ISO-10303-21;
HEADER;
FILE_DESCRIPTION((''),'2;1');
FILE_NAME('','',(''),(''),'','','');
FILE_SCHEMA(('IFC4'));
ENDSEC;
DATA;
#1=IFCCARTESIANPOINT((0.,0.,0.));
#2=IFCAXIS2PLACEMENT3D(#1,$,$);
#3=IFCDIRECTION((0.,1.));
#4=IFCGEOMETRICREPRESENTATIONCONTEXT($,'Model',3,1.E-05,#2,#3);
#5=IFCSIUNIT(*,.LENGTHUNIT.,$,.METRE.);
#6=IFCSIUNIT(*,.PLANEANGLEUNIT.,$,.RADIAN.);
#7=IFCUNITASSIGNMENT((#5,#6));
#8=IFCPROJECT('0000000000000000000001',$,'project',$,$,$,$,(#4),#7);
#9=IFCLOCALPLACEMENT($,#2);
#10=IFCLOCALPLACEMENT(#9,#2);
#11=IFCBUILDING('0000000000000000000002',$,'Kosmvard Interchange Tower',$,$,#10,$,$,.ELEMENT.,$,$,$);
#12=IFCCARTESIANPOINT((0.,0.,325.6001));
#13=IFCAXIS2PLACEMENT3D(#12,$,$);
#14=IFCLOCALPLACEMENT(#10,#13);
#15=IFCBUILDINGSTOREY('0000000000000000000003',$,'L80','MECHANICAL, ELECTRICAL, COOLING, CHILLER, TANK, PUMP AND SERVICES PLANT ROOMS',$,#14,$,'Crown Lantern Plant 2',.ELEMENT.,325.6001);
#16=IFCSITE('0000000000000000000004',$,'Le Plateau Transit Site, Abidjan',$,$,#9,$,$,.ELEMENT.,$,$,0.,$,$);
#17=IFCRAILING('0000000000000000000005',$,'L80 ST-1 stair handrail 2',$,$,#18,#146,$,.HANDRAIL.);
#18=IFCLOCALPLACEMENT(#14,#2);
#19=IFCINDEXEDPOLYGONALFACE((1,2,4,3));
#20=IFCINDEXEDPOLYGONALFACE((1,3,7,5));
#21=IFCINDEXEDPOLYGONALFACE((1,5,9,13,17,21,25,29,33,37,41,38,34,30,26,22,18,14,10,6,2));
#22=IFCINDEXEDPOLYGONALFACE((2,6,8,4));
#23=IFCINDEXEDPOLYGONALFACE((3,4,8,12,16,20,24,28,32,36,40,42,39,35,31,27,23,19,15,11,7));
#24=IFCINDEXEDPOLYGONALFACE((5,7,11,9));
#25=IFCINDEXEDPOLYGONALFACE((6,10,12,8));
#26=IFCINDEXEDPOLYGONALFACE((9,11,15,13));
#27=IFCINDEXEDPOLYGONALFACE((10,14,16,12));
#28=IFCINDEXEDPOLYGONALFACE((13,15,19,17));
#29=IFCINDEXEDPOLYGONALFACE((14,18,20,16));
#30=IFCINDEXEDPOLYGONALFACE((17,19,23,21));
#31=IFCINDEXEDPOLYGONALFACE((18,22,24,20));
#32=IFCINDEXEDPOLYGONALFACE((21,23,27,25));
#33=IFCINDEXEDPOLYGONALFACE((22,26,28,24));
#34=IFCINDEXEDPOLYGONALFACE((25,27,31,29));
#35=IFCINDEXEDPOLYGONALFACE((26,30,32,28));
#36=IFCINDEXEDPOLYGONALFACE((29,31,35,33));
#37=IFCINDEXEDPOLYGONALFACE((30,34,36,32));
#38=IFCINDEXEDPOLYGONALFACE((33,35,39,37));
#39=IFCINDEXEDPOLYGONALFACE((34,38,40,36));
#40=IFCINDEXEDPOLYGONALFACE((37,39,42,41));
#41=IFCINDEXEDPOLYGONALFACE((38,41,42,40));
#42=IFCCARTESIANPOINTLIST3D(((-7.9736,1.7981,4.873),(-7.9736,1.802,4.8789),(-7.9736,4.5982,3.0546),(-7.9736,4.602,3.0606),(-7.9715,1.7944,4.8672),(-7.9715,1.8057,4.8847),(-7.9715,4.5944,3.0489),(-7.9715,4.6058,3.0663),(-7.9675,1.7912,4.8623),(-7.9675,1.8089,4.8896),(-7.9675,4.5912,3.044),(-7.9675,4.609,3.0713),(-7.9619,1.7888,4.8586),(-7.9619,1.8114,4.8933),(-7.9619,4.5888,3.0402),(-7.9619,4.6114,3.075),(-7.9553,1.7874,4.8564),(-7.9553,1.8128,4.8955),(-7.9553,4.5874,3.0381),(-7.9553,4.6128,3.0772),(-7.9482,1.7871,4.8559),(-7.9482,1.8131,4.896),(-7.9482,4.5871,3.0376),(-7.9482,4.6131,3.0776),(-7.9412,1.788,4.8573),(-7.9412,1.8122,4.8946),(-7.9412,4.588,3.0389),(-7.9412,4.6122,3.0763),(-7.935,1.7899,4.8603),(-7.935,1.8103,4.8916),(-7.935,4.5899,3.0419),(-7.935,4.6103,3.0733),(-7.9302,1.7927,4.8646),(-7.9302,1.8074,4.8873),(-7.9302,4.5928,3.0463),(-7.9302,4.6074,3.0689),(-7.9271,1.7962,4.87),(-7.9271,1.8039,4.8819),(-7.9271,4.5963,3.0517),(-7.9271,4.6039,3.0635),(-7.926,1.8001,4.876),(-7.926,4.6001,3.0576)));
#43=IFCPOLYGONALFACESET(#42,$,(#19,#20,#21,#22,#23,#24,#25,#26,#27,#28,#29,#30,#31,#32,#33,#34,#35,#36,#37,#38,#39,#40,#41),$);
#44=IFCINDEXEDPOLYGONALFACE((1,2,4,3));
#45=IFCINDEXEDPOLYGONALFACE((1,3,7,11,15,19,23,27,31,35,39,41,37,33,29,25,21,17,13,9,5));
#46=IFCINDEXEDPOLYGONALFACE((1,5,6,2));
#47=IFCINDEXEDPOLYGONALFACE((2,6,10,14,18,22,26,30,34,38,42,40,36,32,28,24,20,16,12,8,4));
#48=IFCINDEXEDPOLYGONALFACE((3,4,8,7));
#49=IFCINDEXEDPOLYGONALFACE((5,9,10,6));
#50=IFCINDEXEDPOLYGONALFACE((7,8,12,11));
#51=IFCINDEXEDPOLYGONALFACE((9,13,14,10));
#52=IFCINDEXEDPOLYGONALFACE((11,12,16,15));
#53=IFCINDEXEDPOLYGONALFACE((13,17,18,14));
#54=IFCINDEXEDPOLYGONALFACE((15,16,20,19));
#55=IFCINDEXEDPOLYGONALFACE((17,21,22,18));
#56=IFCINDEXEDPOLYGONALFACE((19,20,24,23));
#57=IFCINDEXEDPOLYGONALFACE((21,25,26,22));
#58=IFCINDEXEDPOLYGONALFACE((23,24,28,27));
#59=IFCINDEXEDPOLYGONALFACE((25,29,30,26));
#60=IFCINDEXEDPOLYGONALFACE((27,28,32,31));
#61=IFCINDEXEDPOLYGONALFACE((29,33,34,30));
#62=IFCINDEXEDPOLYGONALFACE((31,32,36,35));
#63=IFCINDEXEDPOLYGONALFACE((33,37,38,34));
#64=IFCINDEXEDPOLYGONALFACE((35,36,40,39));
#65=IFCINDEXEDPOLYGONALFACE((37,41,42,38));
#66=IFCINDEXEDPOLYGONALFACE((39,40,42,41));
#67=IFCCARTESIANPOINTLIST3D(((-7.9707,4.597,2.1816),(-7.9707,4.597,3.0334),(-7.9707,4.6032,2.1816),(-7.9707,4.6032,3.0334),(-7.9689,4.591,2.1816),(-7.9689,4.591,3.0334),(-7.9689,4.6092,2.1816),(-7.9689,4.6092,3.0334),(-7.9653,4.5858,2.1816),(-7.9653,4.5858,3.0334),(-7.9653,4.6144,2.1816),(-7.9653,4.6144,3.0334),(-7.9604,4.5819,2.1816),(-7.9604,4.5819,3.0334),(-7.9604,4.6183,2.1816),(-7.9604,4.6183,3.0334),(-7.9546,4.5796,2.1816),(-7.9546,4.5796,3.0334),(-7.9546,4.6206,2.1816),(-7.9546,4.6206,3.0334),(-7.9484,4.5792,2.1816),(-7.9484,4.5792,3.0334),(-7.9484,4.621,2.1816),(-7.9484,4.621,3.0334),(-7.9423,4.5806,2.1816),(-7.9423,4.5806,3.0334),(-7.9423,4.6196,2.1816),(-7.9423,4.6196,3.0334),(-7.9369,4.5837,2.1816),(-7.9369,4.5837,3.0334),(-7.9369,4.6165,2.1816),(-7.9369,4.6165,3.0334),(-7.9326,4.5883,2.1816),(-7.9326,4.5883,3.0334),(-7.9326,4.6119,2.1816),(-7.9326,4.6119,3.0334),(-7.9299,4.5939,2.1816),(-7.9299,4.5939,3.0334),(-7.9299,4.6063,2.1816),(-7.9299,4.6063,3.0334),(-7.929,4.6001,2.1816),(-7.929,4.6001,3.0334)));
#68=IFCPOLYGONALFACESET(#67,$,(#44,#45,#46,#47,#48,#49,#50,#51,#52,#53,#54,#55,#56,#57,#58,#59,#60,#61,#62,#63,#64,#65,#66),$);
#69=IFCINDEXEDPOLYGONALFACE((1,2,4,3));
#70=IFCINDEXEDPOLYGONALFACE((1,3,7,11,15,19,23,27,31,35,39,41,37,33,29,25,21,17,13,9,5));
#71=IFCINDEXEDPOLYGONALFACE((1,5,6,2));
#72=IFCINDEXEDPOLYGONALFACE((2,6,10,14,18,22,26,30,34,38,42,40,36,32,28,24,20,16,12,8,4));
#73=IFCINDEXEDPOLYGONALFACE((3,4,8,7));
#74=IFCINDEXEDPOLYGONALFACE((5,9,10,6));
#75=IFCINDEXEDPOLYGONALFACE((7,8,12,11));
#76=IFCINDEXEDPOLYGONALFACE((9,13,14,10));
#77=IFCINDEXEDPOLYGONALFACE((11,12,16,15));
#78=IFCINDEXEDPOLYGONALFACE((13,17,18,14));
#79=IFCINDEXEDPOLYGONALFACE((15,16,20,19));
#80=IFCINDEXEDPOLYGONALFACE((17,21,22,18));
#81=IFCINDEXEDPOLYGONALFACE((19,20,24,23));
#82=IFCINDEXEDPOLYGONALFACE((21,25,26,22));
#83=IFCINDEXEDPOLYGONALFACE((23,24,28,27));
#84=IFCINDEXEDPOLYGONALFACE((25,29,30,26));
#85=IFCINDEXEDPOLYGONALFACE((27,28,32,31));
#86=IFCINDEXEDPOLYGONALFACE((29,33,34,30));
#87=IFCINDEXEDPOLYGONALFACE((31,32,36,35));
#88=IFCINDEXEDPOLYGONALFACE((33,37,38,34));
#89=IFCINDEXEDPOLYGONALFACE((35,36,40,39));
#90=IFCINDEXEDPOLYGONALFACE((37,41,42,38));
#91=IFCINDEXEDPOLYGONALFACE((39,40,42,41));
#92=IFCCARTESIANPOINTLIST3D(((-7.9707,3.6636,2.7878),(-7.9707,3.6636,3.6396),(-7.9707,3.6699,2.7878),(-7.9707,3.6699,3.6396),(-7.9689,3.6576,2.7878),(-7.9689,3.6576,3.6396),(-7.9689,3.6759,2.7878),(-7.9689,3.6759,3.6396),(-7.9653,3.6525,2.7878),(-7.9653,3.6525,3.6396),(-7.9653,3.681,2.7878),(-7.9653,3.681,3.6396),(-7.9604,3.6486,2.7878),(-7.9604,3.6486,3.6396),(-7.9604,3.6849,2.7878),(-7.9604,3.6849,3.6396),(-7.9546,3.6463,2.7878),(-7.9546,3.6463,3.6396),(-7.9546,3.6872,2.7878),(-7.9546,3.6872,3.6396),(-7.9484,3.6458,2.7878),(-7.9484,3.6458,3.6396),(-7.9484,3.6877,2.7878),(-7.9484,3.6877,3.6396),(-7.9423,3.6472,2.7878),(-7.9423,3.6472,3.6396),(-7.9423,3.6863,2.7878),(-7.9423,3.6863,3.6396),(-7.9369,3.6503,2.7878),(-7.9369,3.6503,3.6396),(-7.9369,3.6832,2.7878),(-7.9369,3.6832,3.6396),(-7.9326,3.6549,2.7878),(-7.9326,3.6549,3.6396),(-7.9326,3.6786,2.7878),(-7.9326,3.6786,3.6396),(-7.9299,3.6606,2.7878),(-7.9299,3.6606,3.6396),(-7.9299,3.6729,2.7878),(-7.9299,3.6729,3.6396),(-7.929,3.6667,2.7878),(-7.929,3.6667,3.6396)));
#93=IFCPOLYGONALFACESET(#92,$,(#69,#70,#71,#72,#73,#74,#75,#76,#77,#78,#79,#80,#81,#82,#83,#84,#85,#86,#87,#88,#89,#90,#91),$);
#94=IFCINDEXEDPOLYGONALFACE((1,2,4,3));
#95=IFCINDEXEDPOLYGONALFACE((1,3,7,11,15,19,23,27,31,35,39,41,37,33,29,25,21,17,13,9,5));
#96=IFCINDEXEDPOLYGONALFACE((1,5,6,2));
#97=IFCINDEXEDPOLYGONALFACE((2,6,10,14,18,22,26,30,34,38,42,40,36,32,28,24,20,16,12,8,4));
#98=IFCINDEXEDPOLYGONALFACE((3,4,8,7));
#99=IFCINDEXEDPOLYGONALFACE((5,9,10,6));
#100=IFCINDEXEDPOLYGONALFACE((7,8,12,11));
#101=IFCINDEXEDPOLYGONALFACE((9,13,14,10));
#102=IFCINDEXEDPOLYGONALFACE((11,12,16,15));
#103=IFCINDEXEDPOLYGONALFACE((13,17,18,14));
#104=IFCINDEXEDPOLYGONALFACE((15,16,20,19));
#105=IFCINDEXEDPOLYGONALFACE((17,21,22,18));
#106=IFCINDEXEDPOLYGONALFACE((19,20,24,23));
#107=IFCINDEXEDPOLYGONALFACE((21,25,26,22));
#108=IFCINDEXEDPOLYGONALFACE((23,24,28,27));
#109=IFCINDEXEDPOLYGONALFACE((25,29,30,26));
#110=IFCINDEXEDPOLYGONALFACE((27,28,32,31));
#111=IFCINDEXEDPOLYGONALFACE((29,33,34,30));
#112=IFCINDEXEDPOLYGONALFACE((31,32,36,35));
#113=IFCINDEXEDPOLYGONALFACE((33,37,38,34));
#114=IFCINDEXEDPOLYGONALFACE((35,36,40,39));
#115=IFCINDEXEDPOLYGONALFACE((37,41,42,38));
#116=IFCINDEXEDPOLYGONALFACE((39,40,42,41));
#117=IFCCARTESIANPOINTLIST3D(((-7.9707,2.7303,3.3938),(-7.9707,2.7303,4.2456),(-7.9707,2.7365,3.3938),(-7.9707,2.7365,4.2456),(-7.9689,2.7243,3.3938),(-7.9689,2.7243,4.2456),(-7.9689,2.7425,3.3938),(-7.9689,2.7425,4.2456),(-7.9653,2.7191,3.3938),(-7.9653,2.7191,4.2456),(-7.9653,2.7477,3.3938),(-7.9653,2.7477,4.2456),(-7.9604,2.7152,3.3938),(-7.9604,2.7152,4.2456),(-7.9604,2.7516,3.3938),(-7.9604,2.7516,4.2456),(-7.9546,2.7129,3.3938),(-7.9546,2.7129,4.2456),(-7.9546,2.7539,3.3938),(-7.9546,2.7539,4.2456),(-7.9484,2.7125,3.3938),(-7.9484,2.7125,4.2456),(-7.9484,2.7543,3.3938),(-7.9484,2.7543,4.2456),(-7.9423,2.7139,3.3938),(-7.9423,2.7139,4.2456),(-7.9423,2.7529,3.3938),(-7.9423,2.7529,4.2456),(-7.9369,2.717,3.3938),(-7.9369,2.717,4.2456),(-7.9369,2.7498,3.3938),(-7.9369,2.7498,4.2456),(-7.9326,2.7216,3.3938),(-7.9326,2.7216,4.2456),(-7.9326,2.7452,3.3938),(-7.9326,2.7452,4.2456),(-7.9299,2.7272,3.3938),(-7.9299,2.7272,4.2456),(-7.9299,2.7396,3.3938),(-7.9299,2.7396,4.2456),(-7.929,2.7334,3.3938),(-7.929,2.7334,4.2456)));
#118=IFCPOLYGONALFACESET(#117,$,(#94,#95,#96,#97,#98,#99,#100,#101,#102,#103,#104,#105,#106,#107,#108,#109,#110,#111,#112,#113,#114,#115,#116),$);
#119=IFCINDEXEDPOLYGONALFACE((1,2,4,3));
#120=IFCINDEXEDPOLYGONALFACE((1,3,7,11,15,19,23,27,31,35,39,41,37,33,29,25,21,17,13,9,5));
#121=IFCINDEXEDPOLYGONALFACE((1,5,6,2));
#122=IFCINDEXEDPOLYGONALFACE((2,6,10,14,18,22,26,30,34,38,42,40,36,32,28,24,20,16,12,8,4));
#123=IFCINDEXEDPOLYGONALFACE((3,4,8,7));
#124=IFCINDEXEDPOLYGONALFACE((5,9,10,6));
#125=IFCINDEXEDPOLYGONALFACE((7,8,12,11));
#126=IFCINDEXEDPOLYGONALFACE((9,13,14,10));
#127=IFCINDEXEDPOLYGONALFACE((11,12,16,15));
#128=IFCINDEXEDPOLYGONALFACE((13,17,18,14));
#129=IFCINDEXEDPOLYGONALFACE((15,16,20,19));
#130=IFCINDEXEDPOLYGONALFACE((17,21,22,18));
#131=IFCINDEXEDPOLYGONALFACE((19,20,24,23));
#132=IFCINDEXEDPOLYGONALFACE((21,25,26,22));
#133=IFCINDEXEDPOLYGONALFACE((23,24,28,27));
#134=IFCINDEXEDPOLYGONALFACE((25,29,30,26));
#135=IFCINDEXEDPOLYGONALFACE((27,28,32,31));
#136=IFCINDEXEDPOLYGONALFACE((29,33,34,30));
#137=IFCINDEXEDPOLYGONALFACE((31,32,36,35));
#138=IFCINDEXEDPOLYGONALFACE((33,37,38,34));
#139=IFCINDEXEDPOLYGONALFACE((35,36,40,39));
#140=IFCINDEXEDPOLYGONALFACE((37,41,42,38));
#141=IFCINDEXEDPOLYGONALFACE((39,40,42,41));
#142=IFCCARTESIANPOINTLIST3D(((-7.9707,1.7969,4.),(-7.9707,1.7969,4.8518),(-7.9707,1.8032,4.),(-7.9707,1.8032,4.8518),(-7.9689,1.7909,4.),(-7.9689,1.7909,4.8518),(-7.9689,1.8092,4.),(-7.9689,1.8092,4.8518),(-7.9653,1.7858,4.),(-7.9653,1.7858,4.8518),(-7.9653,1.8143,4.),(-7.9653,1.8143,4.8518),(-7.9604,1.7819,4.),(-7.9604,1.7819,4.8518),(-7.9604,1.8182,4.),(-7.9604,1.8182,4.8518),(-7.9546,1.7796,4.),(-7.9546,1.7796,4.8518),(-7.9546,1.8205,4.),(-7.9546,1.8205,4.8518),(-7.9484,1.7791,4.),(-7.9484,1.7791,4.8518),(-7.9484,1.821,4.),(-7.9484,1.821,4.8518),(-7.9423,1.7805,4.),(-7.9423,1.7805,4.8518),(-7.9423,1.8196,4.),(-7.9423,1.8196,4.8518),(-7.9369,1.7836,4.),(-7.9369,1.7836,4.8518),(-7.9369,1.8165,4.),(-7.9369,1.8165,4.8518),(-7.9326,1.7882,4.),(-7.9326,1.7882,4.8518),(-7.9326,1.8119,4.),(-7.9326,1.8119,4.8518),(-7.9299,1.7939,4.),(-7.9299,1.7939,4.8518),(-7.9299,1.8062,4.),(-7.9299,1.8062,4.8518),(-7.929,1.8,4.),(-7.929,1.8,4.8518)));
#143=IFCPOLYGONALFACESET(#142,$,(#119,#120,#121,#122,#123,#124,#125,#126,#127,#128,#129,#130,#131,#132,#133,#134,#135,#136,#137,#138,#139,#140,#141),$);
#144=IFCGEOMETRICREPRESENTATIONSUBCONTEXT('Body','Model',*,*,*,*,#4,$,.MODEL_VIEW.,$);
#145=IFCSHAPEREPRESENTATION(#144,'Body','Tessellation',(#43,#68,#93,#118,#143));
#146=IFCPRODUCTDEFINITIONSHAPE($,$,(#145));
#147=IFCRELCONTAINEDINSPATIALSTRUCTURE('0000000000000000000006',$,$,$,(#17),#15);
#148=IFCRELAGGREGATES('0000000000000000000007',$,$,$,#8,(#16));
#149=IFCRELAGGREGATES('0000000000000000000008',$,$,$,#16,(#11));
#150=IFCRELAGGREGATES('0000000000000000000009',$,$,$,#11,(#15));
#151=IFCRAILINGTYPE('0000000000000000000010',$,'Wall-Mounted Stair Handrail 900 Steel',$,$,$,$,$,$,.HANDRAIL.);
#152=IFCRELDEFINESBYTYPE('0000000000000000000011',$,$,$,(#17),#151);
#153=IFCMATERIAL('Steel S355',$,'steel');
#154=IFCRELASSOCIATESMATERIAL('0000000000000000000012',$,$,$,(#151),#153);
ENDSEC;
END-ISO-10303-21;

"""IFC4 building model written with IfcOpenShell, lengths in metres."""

from ifc_helpers import new_model, si_unit, direction, frame, origin, origin_2d, place, context, subcontext, project, spatial, circle, extrude, source, transform, mapped, material, type_object, element, save


model = new_model("IFC4")

# Units and contexts
model_context = context("Model", 3, precision=1e-05, world=origin(), true_north=direction((0.0, 1.0)))
body_context = subcontext(model_context, "Body", "Model", "MODEL_VIEW")
ifc_project = project(units=[si_unit("LENGTHUNIT", "METRE"), si_unit("PLANEANGLEUNIT", "RADIAN")], contexts=[model_context])

# Site, building, storey
site_placement = place(None, origin())
site = spatial("IfcSite", under=ifc_project, at=site_placement, Name="Le Plateau Transit Site, Abidjan", CompositionType="ELEMENT", RefElevation=0.0)
building_placement = place(site_placement, origin())
building = spatial("IfcBuilding", under=site, at=building_placement, Name="Kosmvard Interchange Tower", CompositionType="ELEMENT")
storey_placement = place(building_placement, frame((0.0, 0.0, 325.6001)))
storey = spatial("IfcBuildingStorey", under=building, at=storey_placement, Name="L80", Description="MECHANICAL, ELECTRICAL, COOLING, CHILLER, TANK, PUMP AND SERVICES PLANT ROOMS", LongName="Crown Lantern Plant 2", CompositionType="ELEMENT", Elevation=325.6001)

# Shared definitions
ifc_material_1 = material(Name="Steel S355", Category="steel")

# Railing
railing_type_1 = type_object("IfcRailingType", Name="Wall-Mounted Stair Handrail 900 Steel", PredefinedType="HANDRAIL", material=ifc_material_1)
shared_shape_1 = source(origin(), body_context, "Body", "SweptSolid", [
    extrude(circle(Radius=0.0239, at=origin_2d()), frame((0.0, 0.0, 0.876), z_axis=(0.0, -0.838672, 0.544636), x_axis=(1.0, 0.0, 0.0)), (0.0, 0.0, 1.0), 3.3386),
    extrude(circle(Radius=0.021, at=origin_2d()), origin(), (0.0, 0.0, 1.0), 0.8518),
    extrude(circle(Radius=0.021, at=origin_2d()), frame((0.0, -0.9333, 0.6062)), (0.0, 0.0, 1.0), 0.8518),
    extrude(circle(Radius=0.021, at=origin_2d()), frame((0.0, -1.8667, 1.2122)), (0.0, 0.0, 1.0), 0.8518),
    extrude(circle(Radius=0.021, at=origin_2d()), frame((0.0, -2.8, 1.8184)), (0.0, 0.0, 1.0), 0.8518),
])
railing_1_placement = place(storey_placement, frame((-7.95, 4.6001, 2.1816)))
element("IfcRailing", 1, at=railing_1_placement, inside=storey, type_object=railing_type_1, Name="L80 ST-1 stair handrail 2", PredefinedType="HANDRAIL", context=body_context, shape_type="MappedRepresentation", body=[
    mapped(shared_shape_1, transform((0.0, 0.0, 0.0), scale=1.0)),
])

save(model, "model.ifc")
